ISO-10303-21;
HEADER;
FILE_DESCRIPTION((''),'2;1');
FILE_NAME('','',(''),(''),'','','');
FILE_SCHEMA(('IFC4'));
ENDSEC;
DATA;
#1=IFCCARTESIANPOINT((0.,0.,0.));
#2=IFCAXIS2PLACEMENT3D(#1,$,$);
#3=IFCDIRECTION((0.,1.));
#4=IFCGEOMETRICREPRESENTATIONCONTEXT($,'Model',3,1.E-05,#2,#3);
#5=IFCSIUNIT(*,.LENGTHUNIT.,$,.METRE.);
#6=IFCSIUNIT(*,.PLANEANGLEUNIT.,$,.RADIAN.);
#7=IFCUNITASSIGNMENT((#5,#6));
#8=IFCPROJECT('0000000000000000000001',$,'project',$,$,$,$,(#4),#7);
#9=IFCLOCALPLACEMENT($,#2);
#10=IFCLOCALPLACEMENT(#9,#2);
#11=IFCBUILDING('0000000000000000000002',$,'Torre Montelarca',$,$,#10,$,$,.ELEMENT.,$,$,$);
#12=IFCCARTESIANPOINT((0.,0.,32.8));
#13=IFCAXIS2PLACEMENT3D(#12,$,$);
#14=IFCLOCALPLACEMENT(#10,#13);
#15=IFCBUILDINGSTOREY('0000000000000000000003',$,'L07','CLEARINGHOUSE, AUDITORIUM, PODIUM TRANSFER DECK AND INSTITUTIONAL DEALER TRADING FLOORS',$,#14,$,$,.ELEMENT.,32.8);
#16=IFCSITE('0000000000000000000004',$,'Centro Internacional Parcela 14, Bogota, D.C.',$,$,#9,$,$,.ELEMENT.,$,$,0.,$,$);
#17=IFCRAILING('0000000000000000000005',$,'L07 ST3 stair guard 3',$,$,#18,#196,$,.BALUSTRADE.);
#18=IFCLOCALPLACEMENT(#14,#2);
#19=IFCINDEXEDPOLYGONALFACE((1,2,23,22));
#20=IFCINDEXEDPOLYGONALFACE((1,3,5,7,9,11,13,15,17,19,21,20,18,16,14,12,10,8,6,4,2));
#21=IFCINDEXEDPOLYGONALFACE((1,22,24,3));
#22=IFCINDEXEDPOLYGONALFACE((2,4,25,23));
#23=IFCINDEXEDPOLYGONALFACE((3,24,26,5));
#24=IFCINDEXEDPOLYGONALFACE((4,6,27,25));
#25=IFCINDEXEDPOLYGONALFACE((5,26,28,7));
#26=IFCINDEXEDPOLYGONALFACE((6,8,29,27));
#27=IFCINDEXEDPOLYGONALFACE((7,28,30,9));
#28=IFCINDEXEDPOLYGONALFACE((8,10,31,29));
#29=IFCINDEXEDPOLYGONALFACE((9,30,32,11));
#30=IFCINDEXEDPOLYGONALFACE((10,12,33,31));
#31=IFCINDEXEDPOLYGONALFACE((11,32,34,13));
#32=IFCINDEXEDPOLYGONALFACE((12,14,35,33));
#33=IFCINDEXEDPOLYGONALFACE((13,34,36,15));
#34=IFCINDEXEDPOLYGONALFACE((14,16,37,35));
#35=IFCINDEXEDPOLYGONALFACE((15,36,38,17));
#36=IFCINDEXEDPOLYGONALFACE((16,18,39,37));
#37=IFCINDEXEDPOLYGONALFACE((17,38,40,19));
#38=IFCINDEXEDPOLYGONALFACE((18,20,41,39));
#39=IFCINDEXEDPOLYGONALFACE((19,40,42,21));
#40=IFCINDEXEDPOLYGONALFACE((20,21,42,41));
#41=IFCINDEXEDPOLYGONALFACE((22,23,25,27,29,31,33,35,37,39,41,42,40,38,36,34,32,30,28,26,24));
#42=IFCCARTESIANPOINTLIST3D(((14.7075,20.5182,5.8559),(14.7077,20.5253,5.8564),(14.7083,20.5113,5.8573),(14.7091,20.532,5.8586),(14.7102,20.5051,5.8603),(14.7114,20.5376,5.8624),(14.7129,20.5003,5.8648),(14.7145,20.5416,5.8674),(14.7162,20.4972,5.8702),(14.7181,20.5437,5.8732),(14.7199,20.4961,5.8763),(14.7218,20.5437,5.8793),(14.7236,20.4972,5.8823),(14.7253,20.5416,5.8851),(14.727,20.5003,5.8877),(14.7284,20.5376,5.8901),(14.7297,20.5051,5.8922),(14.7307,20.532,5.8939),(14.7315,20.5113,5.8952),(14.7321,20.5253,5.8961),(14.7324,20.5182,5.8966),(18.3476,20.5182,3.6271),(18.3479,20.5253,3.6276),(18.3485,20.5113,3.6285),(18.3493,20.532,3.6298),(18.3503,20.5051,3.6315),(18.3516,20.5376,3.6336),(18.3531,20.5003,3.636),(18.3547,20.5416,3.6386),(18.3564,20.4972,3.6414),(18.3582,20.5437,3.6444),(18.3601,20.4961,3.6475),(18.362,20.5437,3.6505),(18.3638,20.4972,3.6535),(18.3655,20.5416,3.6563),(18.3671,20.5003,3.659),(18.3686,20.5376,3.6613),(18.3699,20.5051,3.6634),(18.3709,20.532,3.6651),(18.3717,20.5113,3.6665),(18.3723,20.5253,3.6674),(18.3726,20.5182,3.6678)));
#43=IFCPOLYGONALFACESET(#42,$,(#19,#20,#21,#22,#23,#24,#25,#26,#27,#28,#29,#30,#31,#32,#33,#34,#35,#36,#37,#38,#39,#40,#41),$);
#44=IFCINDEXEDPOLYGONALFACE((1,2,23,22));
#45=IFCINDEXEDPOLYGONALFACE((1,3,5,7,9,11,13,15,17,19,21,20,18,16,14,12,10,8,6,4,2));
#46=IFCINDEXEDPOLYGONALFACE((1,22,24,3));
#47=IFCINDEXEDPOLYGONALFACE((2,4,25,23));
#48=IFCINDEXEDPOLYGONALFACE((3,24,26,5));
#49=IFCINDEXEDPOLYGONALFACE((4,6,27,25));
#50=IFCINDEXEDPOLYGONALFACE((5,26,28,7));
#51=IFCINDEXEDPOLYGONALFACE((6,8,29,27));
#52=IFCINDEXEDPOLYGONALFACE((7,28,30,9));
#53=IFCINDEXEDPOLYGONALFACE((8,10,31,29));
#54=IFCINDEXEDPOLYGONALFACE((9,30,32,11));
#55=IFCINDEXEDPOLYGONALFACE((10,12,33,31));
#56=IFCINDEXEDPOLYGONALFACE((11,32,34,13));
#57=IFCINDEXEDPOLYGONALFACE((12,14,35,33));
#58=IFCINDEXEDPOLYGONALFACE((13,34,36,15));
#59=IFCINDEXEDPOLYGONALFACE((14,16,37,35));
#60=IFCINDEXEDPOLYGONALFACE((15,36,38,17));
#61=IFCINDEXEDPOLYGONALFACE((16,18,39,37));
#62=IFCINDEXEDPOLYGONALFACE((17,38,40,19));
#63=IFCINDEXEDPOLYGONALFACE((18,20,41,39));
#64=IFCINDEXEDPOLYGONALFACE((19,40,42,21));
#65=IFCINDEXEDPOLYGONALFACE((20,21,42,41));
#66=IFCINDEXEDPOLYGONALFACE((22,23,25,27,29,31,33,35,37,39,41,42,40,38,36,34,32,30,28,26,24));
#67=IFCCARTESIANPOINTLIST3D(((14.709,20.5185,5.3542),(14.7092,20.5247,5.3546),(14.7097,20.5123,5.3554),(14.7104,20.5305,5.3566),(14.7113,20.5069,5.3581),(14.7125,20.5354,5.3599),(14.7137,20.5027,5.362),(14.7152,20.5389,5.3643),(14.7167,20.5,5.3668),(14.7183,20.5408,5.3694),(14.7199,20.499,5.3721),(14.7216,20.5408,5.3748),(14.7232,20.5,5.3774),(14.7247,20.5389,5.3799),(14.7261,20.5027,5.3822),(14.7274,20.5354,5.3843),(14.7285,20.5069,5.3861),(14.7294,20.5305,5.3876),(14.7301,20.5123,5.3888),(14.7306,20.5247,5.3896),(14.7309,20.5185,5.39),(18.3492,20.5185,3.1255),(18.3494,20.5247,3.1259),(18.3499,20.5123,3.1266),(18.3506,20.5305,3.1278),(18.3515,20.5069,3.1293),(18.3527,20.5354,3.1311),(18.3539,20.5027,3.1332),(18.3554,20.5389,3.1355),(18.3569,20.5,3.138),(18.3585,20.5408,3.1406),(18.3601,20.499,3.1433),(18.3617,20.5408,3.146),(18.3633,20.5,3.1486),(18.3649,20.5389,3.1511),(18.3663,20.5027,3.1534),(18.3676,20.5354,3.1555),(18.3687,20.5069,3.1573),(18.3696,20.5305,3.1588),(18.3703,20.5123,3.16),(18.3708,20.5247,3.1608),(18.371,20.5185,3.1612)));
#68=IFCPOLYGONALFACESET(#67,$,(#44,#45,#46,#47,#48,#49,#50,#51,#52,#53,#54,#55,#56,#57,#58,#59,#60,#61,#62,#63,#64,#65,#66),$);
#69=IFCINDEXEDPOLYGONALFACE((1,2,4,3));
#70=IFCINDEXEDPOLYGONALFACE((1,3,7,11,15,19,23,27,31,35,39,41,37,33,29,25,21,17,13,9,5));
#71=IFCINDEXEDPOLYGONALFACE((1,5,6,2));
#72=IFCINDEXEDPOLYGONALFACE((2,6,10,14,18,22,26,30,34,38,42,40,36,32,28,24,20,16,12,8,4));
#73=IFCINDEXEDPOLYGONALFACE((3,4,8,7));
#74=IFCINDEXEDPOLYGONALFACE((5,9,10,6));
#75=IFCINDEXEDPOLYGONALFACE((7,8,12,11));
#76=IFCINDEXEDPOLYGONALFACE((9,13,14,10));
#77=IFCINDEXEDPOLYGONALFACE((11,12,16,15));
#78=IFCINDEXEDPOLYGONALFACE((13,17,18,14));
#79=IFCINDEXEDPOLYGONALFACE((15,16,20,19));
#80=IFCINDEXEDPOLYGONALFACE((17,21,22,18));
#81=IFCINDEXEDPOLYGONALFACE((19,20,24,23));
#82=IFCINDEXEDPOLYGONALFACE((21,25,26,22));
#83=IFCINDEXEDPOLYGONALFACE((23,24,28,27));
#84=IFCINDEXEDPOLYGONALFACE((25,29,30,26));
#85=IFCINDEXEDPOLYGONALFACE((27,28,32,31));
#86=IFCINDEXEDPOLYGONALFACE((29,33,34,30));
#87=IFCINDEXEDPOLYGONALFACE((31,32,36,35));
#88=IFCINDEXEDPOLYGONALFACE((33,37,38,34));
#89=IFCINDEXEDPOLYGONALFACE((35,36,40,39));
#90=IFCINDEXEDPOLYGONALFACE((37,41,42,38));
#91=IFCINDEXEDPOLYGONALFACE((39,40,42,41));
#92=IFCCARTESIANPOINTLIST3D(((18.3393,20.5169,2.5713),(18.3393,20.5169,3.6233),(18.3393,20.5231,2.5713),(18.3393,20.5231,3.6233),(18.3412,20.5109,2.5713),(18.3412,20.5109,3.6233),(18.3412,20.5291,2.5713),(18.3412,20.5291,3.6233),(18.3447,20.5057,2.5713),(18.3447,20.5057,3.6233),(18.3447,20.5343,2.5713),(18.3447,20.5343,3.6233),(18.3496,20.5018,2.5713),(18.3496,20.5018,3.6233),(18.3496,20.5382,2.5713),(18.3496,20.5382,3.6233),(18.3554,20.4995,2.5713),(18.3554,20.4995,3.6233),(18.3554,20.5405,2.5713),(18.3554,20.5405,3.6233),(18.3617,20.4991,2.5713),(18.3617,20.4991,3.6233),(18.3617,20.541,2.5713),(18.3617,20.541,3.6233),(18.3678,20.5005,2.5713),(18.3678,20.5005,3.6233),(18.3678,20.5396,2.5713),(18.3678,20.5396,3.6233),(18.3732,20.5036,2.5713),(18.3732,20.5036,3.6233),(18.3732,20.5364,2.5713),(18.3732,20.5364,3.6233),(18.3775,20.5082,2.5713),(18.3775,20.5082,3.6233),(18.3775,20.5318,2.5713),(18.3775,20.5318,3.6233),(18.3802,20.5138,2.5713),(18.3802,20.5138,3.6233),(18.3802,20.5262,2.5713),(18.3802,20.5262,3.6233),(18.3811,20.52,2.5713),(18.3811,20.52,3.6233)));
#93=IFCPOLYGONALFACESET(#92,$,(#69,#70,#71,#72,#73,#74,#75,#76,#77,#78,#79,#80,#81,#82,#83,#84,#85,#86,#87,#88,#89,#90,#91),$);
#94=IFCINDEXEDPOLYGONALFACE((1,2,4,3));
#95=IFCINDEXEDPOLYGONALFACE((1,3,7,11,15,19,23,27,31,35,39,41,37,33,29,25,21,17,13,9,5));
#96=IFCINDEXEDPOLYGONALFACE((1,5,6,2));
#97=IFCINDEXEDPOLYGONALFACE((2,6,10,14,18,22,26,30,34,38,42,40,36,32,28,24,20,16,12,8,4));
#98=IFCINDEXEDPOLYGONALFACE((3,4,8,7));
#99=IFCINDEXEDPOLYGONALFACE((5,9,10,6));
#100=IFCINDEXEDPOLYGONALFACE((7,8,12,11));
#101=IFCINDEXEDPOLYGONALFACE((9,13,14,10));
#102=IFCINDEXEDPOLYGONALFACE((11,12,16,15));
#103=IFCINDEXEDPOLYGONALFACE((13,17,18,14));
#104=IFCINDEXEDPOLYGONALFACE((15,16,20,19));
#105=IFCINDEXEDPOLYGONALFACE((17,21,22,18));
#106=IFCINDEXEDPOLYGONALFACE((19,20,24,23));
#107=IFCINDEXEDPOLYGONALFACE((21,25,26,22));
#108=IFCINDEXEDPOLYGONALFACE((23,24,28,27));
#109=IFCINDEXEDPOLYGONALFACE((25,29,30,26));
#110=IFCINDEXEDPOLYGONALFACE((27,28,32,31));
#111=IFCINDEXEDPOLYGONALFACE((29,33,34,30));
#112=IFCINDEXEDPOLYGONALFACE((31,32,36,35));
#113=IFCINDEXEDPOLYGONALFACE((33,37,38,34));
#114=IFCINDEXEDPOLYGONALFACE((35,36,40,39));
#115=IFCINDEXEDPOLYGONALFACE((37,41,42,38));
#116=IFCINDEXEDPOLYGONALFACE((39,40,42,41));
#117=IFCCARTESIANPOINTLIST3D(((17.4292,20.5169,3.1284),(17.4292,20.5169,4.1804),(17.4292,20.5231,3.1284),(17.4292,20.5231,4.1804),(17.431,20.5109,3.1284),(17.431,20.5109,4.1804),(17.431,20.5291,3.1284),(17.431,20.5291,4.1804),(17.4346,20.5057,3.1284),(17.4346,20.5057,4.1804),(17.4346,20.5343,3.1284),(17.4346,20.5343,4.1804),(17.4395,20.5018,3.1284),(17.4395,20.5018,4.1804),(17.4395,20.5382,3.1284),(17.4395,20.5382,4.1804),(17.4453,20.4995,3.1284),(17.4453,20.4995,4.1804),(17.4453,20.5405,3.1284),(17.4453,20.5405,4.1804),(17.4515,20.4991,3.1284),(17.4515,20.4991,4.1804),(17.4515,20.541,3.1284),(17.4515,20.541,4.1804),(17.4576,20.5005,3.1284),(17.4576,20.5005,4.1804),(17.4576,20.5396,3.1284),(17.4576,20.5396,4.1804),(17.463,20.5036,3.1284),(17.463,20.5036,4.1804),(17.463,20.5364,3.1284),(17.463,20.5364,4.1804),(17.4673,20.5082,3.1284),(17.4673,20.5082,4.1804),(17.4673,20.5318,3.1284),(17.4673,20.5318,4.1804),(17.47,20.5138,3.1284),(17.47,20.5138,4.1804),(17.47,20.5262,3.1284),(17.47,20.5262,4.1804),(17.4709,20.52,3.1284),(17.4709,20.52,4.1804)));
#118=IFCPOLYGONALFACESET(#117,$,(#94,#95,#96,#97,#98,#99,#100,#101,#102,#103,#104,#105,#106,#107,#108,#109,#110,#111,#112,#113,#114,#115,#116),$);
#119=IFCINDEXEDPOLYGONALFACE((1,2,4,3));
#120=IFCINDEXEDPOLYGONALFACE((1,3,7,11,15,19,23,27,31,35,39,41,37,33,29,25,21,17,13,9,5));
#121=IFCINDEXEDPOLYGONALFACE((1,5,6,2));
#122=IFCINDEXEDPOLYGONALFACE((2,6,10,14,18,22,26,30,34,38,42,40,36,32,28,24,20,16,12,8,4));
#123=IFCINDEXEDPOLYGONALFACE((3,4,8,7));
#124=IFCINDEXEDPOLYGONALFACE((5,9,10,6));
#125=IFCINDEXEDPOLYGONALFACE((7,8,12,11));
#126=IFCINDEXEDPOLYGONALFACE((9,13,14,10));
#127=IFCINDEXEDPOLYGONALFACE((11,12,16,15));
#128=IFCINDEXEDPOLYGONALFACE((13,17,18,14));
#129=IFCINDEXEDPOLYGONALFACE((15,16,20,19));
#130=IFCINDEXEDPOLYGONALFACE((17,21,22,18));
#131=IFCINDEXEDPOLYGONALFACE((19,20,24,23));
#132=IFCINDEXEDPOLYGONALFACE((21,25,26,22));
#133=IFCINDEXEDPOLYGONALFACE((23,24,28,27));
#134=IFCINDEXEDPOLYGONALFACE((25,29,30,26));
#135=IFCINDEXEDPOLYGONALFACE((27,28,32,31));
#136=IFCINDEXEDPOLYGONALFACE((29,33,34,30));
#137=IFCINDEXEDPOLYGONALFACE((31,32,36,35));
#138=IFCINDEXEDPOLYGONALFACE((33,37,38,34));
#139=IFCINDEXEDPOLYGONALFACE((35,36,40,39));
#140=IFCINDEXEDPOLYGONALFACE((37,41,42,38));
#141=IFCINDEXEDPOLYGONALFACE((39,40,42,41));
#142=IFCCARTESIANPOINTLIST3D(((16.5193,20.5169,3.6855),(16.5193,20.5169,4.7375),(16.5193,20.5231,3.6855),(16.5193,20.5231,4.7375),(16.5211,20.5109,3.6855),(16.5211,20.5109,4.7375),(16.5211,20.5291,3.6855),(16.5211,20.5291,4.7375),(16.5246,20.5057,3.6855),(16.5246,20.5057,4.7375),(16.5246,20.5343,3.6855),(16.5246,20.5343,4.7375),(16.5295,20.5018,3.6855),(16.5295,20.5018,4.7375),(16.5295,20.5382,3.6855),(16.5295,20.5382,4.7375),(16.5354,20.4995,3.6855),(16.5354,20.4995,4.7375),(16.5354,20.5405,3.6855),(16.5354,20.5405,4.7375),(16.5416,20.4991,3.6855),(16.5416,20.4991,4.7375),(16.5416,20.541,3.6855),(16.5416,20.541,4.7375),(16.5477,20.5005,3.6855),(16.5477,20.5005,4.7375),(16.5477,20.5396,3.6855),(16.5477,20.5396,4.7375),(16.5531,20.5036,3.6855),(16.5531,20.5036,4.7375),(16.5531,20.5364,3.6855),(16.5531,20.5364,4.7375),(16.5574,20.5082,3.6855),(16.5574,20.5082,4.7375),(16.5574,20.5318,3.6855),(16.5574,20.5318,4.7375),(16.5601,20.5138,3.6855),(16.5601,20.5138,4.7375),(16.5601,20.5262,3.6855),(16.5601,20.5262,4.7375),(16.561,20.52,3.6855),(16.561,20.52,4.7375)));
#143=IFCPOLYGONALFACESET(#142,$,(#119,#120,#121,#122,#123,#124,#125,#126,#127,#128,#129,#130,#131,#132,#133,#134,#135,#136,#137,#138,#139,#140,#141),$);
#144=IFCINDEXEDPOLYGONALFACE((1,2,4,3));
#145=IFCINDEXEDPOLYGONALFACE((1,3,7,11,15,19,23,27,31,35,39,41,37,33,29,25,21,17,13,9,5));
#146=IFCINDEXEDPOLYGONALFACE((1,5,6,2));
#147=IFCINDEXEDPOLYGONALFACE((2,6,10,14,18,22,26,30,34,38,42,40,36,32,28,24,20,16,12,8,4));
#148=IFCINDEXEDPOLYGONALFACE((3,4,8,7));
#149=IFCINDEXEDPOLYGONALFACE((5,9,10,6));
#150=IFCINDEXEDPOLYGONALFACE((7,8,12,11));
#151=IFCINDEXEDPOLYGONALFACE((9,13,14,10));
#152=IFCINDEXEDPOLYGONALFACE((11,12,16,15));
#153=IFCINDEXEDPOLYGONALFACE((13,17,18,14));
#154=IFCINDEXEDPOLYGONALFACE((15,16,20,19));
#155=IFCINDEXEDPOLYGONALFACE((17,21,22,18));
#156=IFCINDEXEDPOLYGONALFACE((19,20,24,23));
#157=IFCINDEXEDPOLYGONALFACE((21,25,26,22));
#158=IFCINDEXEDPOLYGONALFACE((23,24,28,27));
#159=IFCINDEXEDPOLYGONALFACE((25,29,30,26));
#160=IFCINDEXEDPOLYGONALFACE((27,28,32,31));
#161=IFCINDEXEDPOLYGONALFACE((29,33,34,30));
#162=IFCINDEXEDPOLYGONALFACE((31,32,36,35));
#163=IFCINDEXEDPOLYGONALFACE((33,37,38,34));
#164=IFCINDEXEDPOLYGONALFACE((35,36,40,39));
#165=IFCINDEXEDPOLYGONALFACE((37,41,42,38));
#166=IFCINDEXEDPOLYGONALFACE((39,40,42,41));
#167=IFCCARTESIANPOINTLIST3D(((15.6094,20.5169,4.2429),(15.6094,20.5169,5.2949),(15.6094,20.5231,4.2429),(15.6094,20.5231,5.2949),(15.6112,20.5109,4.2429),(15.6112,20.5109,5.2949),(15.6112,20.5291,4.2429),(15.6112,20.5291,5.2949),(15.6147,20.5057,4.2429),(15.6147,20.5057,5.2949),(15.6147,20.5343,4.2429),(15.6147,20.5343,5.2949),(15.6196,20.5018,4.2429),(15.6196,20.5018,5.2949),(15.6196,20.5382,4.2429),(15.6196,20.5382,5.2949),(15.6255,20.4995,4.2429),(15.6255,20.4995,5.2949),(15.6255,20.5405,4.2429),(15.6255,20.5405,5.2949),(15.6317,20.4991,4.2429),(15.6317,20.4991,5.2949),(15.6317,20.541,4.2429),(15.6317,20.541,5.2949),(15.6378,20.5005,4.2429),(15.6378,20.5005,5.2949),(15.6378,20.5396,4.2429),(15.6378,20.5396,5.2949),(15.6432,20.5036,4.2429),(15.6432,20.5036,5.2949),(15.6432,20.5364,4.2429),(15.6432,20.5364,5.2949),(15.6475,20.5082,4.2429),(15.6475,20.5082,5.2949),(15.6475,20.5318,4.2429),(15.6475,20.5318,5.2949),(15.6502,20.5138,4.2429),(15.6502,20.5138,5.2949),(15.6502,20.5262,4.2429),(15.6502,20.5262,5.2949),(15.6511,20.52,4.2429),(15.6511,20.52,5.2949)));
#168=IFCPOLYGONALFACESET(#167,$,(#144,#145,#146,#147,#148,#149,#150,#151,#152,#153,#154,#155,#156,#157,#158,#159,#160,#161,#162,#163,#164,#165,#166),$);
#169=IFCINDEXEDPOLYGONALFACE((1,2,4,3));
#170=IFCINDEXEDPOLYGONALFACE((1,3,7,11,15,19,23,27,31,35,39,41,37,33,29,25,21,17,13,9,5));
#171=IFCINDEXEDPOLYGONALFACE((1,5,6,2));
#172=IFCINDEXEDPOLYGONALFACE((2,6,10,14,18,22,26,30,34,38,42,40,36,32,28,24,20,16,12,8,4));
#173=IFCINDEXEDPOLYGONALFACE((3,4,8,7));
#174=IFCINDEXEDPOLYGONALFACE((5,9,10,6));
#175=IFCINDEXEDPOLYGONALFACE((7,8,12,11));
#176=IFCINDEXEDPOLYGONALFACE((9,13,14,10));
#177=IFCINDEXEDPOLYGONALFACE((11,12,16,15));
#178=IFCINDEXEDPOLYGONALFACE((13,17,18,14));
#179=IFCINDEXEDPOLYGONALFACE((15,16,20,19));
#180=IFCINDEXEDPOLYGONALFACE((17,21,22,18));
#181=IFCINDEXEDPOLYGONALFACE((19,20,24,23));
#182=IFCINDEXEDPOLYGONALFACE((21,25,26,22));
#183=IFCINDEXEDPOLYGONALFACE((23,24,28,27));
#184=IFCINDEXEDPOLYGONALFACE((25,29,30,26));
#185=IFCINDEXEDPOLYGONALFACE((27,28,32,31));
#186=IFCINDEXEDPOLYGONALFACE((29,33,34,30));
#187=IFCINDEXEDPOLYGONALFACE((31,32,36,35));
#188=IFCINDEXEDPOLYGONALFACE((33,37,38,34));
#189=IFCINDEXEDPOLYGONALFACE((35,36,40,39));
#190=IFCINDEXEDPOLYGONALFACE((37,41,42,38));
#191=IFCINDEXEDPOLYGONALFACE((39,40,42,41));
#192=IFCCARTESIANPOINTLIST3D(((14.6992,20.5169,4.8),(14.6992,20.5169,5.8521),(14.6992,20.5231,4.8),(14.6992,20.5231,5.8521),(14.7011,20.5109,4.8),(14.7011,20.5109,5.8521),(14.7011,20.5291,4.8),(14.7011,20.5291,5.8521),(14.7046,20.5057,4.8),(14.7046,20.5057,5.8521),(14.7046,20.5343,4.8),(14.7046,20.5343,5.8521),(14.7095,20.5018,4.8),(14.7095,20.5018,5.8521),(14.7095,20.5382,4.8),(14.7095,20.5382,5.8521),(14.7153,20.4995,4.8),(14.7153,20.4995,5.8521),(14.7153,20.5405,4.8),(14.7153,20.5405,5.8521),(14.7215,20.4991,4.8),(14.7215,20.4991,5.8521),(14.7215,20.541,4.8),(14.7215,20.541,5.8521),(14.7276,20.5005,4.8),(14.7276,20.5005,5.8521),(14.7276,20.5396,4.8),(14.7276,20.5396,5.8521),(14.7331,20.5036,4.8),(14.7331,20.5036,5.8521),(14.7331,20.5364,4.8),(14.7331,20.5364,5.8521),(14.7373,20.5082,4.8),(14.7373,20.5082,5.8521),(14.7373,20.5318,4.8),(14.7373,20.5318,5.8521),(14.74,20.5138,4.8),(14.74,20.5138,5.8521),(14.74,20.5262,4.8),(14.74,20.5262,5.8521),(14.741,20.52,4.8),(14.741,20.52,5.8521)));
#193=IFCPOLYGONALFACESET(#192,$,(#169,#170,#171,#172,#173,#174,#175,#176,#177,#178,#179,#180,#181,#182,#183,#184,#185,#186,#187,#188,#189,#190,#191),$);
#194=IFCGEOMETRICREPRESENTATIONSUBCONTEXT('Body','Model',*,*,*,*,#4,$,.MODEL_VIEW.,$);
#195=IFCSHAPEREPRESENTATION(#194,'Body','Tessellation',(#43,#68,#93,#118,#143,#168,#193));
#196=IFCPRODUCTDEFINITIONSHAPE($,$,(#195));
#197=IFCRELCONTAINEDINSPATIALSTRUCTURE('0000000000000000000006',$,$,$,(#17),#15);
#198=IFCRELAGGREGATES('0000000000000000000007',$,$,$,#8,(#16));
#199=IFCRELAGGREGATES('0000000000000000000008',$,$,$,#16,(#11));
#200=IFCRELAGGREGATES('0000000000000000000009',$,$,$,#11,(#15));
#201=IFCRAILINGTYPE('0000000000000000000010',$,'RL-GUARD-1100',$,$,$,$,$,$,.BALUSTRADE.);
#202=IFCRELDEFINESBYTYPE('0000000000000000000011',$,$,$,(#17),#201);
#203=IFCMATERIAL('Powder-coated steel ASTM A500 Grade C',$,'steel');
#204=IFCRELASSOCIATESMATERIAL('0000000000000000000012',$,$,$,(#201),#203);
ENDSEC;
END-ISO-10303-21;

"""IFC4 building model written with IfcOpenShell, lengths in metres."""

from ifc_helpers import new_model, si_unit, direction, frame, origin, origin_2d, place, context, subcontext, project, spatial, circle, extrude, material, type_object, element, save


model = new_model("IFC4")

# Units and contexts
model_context = context("Model", 3, precision=1e-05, world=origin(), true_north=direction((0.0, 1.0)))
body_context = subcontext(model_context, "Body", "Model", "MODEL_VIEW")
ifc_project = project(units=[si_unit("LENGTHUNIT", "METRE"), si_unit("PLANEANGLEUNIT", "RADIAN")], contexts=[model_context])

# Site, building, storey
site_placement = place(None, origin())
site = spatial("IfcSite", under=ifc_project, at=site_placement, Name="Centro Internacional Parcela 14, Bogota, D.C.", CompositionType="ELEMENT", RefElevation=0.0)
building_placement = place(site_placement, origin())
building = spatial("IfcBuilding", under=site, at=building_placement, Name="Torre Montelarca", CompositionType="ELEMENT")
storey_placement = place(building_placement, frame((0.0, 0.0, 32.8)))
storey = spatial("IfcBuildingStorey", under=building, at=storey_placement, Name="L07", Description="CLEARINGHOUSE, AUDITORIUM, PODIUM TRANSFER DECK AND INSTITUTIONAL DEALER TRADING FLOORS", CompositionType="ELEMENT", Elevation=32.8)

# Railing
ifc_material_1 = material(Name="Powder-coated steel ASTM A500 Grade C", Category="steel")
railing_type_1 = type_object("IfcRailingType", Name="RL-GUARD-1100", PredefinedType="BALUSTRADE", material=ifc_material_1)
railing_1_placement = place(storey_placement, frame((18.3601, 20.52, 2.5713)))
element("IfcRailing", 1, at=railing_1_placement, inside=storey, type_object=railing_type_1, Name="L07 ST3 stair guard 3", PredefinedType="BALUSTRADE", context=body_context, shape_type="SweptSolid", body=[
    extrude(circle(Radius=0.0239, at=origin_2d()), frame((0.0, 0.0, 1.0762), z_axis=(-0.85284, 0.0, 0.522172), x_axis=(0.0, -1.0, 0.0)), (0.0, 0.0, 1.0), 4.2683),
    extrude(circle(Radius=0.021, at=origin_2d()), frame((0.0, 0.0, 0.572), z_axis=(-0.85284, 0.0, 0.522172), x_axis=(0.0, -1.0, 0.0)), (0.0, 0.0, 1.0), 4.2683),
    extrude(circle(Radius=0.021, at=origin_2d()), origin(), (0.0, 0.0, 1.0), 1.052),
    extrude(circle(Radius=0.021, at=origin_2d()), frame((-0.9102, 0.0, 0.5571)), (0.0, 0.0, 1.0), 1.052),
    extrude(circle(Radius=0.021, at=origin_2d()), frame((-1.8201, 0.0, 1.1143)), (0.0, 0.0, 1.0), 1.052),
    extrude(circle(Radius=0.021, at=origin_2d()), frame((-2.73, 0.0, 1.6716)), (0.0, 0.0, 1.0), 1.052),
    extrude(circle(Radius=0.021, at=origin_2d()), frame((-3.6401, 0.0, 2.2288)), (0.0, 0.0, 1.0), 1.052),
])

save(model, "model.ifc")
